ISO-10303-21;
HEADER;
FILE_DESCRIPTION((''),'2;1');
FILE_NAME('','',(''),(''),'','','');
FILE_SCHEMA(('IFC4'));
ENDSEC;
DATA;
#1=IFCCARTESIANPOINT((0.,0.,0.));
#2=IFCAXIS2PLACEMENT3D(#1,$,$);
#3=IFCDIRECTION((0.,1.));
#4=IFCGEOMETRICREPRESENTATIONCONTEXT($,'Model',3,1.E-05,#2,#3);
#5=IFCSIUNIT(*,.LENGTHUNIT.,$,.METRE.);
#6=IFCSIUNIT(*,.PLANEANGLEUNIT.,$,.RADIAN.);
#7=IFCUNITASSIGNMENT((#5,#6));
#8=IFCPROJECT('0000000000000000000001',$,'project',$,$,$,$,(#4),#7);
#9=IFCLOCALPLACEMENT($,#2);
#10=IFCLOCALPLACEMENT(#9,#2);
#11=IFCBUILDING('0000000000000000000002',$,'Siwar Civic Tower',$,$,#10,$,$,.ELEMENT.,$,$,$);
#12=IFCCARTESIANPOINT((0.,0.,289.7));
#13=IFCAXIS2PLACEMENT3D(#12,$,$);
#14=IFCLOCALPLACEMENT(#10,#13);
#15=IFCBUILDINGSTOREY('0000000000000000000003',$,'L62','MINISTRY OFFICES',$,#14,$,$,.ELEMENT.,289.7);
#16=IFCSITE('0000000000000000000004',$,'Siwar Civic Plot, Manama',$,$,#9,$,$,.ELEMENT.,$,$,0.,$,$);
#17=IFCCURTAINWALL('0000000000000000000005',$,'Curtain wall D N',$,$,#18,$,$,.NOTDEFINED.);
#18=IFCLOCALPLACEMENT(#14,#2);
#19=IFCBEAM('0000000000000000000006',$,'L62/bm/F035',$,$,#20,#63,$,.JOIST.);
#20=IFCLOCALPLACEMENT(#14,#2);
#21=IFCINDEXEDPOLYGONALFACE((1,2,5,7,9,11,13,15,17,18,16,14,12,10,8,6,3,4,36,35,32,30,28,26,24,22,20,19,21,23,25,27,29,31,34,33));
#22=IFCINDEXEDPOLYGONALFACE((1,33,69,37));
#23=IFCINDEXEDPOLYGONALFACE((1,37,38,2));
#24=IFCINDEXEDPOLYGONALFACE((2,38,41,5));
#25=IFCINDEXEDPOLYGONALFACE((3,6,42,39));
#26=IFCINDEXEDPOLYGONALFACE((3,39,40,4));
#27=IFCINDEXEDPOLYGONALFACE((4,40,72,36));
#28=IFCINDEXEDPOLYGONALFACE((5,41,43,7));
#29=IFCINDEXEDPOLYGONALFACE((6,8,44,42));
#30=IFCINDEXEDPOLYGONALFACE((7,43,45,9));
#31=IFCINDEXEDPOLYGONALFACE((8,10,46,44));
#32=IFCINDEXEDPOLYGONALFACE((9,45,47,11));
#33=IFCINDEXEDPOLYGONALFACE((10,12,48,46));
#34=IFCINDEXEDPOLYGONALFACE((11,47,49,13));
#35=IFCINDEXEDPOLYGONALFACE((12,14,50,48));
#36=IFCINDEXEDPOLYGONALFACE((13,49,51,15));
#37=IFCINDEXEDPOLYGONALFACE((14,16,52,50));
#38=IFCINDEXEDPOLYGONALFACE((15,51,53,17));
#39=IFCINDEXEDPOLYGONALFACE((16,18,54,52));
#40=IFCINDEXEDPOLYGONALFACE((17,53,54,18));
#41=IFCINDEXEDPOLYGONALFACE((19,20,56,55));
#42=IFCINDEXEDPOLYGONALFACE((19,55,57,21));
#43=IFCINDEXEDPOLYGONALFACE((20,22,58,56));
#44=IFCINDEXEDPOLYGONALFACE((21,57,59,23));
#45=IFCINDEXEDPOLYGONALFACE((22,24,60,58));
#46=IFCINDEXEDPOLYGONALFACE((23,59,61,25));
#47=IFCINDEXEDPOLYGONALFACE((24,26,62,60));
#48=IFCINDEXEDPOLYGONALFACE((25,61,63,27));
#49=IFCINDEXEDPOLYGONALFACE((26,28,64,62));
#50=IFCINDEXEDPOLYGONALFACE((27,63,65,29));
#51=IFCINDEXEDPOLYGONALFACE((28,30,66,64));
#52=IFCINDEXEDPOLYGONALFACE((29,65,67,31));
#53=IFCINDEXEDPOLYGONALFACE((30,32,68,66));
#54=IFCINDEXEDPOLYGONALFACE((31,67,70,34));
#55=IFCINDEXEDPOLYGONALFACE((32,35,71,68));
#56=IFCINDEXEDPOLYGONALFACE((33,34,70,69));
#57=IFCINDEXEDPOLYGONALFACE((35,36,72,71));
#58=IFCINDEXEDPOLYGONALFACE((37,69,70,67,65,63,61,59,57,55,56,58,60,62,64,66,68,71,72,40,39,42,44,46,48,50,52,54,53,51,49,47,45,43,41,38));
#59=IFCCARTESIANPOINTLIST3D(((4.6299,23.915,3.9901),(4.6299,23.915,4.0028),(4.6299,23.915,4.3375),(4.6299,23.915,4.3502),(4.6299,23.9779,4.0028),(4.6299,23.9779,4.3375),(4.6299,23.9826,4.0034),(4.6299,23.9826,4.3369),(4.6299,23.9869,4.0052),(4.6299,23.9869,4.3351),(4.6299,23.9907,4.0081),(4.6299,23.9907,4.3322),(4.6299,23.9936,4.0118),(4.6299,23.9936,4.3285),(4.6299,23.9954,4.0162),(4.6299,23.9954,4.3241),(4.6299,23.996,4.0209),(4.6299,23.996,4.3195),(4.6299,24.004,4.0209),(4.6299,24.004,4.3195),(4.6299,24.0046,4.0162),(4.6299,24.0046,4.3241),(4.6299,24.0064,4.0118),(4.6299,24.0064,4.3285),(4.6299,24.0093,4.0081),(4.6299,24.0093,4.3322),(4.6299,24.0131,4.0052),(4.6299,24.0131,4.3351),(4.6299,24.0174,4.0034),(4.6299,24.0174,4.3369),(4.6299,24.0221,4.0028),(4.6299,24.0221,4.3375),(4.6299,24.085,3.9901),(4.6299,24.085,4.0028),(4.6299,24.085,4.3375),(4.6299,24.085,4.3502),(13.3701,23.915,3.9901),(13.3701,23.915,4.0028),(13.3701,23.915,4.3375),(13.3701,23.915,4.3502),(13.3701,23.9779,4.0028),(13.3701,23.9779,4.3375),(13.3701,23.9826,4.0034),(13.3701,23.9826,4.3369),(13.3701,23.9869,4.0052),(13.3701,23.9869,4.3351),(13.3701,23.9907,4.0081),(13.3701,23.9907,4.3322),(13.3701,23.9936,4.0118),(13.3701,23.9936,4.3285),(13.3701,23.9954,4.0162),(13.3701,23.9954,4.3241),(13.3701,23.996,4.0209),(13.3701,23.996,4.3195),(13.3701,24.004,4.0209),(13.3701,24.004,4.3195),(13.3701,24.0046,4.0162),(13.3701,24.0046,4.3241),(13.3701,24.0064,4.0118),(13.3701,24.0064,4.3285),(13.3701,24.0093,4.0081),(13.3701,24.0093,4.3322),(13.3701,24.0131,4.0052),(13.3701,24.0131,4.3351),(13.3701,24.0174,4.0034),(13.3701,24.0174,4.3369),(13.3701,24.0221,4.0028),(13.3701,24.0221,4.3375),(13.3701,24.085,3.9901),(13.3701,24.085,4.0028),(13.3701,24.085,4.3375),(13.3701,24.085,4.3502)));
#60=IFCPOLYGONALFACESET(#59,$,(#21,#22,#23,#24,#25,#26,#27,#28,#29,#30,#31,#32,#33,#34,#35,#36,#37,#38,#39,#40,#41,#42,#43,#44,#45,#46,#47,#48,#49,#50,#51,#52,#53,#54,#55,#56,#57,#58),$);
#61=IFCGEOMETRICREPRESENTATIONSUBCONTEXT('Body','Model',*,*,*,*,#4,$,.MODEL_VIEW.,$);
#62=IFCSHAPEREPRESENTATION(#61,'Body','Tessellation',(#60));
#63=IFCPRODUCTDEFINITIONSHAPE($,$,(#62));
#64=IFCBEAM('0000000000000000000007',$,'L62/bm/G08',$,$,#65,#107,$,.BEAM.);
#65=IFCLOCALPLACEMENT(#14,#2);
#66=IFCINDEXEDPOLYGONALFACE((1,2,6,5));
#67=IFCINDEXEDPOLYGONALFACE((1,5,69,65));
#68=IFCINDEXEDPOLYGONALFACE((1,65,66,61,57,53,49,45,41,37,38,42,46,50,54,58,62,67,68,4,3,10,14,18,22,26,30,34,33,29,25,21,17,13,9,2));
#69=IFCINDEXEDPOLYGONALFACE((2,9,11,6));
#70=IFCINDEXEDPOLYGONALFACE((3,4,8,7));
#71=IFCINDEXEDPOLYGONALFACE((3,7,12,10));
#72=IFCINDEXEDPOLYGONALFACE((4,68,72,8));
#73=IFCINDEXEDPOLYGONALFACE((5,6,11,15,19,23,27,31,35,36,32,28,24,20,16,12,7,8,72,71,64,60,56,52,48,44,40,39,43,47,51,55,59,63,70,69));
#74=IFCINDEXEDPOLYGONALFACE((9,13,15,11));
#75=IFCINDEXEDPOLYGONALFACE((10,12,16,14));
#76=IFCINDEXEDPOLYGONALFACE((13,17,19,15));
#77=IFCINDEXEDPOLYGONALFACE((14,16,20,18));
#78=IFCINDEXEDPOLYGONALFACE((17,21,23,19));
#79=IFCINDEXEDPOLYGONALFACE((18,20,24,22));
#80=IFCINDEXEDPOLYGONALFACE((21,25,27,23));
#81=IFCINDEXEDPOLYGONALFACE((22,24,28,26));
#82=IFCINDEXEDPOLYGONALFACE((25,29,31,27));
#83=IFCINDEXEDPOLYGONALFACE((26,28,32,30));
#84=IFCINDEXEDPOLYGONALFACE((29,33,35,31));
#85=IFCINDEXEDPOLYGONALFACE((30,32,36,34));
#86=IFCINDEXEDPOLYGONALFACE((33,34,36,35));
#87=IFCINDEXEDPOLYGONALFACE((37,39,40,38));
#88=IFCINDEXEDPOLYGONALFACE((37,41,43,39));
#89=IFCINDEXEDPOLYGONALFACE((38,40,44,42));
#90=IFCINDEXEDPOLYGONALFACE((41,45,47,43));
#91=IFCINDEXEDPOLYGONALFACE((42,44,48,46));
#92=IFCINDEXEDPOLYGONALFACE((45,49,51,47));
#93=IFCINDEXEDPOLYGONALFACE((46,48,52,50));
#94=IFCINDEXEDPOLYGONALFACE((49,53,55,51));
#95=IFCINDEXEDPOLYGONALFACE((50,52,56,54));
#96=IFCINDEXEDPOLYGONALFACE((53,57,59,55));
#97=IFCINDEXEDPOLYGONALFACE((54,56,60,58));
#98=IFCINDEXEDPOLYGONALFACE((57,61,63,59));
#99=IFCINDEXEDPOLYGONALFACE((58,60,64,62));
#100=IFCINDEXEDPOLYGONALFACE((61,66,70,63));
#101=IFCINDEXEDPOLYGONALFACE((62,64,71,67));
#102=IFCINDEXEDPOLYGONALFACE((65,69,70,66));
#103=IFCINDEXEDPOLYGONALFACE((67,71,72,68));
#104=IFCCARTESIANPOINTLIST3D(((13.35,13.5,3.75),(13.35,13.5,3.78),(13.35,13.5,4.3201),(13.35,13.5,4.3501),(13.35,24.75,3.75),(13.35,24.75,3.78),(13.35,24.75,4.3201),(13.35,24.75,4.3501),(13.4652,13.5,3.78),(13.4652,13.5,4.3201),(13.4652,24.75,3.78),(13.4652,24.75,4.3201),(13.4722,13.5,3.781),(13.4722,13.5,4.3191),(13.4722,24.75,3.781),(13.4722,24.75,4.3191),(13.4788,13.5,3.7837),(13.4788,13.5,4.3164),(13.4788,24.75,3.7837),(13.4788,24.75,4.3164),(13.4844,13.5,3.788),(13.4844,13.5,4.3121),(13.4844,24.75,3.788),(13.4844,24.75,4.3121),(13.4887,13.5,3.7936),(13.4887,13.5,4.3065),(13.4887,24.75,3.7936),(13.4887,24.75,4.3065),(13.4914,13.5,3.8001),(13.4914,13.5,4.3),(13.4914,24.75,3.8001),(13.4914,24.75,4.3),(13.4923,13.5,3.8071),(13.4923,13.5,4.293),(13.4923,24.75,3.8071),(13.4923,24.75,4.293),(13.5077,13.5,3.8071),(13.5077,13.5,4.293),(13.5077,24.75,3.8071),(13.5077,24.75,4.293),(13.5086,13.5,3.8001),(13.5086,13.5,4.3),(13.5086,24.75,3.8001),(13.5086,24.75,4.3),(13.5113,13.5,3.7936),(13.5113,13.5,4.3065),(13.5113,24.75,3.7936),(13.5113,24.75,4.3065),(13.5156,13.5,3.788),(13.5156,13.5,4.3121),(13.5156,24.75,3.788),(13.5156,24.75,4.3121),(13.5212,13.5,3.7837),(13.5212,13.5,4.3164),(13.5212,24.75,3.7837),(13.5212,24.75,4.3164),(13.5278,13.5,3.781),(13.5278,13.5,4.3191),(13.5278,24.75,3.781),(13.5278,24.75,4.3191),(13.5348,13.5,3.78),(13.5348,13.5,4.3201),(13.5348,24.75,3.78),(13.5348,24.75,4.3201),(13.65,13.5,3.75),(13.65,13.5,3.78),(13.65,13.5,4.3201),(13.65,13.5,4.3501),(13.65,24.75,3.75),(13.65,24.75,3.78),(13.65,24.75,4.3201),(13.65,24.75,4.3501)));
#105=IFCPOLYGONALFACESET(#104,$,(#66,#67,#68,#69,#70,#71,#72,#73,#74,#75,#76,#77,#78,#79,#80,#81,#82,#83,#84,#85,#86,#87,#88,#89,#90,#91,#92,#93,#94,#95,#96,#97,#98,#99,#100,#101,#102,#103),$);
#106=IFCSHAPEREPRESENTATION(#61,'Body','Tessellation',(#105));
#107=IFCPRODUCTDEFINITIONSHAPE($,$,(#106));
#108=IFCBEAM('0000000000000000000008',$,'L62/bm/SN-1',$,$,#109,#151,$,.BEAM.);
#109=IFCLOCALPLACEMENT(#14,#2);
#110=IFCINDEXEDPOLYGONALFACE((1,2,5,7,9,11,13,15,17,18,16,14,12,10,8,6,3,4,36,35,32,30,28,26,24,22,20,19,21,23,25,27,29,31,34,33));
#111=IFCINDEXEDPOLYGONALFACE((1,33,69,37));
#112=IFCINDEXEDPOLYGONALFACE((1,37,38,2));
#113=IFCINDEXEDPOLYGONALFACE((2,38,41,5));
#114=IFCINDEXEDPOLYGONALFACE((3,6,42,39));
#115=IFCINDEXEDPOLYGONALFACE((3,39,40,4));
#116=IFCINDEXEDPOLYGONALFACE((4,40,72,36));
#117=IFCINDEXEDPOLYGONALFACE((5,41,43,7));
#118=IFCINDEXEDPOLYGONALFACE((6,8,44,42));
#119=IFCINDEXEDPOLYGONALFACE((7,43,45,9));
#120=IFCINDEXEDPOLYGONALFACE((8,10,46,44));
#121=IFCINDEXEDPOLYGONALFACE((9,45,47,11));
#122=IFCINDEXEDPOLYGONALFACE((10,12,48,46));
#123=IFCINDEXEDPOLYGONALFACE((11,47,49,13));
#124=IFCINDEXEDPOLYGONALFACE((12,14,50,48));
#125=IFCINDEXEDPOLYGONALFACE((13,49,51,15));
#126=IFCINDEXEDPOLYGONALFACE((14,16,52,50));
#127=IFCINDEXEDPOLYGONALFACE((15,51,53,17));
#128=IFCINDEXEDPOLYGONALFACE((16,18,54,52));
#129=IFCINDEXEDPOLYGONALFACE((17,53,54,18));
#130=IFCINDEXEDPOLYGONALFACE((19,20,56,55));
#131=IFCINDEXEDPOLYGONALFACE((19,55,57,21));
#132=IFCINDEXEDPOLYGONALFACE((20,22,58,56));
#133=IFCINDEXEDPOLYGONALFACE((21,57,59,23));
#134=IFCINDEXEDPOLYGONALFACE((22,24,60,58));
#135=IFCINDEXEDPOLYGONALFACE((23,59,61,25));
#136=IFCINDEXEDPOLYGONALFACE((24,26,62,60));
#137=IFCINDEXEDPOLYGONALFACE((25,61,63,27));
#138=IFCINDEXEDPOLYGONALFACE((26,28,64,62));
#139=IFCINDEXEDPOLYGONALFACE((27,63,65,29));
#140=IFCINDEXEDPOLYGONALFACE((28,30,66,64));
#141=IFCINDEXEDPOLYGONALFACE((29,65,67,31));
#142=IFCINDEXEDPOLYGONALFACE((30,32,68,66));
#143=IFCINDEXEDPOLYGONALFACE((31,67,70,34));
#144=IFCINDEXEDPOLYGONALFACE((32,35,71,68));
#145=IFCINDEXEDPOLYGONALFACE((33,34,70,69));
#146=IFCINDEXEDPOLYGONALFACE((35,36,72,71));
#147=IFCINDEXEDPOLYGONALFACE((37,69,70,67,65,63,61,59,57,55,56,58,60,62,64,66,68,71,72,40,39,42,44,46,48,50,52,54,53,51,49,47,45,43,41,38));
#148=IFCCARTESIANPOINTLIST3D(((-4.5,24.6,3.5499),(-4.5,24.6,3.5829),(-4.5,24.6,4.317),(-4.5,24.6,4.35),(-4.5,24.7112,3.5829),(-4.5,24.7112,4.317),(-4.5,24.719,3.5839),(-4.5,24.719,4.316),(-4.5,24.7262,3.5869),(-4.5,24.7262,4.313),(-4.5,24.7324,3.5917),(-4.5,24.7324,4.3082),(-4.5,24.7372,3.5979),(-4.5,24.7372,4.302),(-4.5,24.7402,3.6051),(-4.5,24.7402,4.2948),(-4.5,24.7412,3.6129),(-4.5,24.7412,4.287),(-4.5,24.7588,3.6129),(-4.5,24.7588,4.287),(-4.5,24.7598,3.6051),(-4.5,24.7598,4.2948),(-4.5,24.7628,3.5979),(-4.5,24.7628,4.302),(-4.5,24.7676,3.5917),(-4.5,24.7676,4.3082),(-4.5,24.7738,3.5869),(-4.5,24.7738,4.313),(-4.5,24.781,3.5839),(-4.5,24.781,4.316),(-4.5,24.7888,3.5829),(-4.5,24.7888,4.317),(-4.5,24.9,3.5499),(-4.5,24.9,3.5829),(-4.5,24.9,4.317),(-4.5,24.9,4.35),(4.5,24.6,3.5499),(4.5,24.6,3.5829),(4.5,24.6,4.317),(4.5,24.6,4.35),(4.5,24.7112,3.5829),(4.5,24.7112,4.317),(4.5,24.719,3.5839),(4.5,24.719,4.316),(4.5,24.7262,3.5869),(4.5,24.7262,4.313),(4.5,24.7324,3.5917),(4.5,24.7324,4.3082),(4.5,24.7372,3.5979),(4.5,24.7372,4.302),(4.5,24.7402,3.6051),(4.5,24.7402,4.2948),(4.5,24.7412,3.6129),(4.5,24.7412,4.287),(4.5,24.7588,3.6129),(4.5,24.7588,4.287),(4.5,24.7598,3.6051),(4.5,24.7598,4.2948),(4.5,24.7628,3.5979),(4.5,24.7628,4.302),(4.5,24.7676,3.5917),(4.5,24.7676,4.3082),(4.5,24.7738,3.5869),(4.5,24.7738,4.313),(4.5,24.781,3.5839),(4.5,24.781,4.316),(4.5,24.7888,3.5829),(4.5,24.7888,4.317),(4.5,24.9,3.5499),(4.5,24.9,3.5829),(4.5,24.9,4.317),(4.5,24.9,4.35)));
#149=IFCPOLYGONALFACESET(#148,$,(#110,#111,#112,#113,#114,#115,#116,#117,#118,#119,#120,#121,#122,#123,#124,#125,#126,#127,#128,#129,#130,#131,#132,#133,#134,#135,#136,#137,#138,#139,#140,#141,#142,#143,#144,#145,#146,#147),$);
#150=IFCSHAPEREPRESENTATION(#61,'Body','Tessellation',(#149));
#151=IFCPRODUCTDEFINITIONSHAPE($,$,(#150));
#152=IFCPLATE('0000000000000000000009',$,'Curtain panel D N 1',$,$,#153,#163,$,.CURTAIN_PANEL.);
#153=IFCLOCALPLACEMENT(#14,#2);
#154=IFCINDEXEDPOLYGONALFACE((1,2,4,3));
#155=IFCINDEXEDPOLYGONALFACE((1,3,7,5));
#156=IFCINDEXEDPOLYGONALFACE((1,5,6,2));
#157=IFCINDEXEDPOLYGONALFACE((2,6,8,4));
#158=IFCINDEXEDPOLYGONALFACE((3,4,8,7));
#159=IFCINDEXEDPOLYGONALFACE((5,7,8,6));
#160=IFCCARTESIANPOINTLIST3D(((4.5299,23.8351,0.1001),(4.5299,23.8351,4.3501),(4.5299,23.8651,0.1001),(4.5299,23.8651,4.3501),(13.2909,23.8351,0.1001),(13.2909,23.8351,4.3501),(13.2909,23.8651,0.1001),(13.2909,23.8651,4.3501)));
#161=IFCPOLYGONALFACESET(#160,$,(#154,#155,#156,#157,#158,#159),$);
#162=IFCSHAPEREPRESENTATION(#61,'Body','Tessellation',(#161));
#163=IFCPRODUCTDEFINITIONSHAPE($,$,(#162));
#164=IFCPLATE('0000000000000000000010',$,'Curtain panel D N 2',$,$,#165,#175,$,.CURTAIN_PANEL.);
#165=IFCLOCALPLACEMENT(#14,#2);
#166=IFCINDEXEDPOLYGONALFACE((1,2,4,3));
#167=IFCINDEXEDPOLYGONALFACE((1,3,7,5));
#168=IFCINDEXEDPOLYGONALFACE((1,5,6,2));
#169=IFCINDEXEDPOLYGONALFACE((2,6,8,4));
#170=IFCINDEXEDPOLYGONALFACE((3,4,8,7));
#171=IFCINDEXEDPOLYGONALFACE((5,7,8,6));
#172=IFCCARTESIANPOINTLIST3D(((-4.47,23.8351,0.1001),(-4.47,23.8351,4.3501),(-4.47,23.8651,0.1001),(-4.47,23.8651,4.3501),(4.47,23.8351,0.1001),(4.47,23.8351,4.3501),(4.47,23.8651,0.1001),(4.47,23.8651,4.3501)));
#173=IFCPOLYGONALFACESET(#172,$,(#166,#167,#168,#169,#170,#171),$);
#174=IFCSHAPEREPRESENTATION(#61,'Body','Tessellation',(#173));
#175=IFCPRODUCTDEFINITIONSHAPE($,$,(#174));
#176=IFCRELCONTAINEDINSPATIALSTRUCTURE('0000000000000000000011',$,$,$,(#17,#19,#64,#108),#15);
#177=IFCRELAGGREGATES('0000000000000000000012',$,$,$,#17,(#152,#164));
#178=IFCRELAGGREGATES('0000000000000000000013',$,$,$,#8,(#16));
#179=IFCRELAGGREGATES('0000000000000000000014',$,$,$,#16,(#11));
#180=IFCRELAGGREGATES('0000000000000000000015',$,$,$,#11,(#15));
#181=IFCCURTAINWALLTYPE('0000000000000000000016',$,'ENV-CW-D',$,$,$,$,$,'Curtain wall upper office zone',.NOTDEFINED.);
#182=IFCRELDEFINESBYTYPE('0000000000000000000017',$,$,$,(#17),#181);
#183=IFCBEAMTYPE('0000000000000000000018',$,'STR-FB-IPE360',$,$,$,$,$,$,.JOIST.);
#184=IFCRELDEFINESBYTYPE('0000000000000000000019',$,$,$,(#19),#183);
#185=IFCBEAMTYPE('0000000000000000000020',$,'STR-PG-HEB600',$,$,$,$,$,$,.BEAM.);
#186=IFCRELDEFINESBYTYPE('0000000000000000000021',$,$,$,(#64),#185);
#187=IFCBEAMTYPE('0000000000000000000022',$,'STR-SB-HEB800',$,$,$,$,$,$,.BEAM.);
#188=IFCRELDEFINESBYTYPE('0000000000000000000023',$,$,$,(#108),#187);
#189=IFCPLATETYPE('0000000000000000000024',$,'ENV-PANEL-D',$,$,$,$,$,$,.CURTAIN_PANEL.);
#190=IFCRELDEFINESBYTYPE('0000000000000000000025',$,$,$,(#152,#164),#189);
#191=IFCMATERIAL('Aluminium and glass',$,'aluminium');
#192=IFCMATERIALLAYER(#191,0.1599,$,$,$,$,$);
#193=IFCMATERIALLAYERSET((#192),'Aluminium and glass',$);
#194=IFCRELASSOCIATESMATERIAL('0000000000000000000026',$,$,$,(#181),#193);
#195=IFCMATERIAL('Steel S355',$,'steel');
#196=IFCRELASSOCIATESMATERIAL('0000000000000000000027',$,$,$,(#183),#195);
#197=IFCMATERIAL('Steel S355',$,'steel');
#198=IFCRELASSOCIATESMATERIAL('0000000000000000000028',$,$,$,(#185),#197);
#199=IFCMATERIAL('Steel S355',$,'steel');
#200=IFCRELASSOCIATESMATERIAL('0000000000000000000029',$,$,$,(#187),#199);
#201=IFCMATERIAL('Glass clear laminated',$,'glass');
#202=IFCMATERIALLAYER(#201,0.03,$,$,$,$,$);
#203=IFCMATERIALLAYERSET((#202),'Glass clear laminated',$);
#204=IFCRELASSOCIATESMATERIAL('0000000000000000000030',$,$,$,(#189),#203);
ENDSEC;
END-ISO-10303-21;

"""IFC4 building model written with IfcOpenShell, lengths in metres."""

from ifc_helpers import new_model, si_unit, direction, frame, origin, origin_2d, place, context, subcontext, project, spatial, rectangle, i_section, extrude, material, layer, layer_set, material_profile, profile_set, type_object, element, aggregate, save


model = new_model("IFC4")

# Units and contexts
model_context = context("Model", 3, precision=1e-05, world=origin(), true_north=direction((0.0, 1.0)))
body_context = subcontext(model_context, "Body", "Model", "MODEL_VIEW")
ifc_project = project(units=[si_unit("LENGTHUNIT", "METRE"), si_unit("PLANEANGLEUNIT", "RADIAN")], contexts=[model_context])

# Site, building, storey
site_placement = place(None, origin())
site = spatial("IfcSite", under=ifc_project, at=site_placement, Name="Siwar Civic Plot, Manama", CompositionType="ELEMENT", RefElevation=0.0)
building_placement = place(site_placement, origin())
building = spatial("IfcBuilding", under=site, at=building_placement, Name="Siwar Civic Tower", CompositionType="ELEMENT")
storey_placement = place(building_placement, frame((0.0, 0.0, 289.7)))
storey = spatial("IfcBuildingStorey", under=building, at=storey_placement, Name="L62", Description="MINISTRY OFFICES", CompositionType="ELEMENT", Elevation=289.7)

# Curtain wall
ifc_material_1 = material(Name="Aluminium and glass", Category="aluminium")
ifc_layer_1 = layer(ifc_material_1, 0.1599)
ifc_layer_set_1 = layer_set([ifc_layer_1], Name="Aluminium and glass")
curtain_wall_type = type_object("IfcCurtainWallType", Name="ENV-CW-D", ElementType="Curtain wall upper office zone", PredefinedType="NOTDEFINED", material=ifc_layer_set_1)
curtain_wall_placement = place(storey_placement, origin())
curtain_wall = element("IfcCurtainWall", 1, at=curtain_wall_placement, inside=storey, type_object=curtain_wall_type, Name="Curtain wall D N", PredefinedType="NOTDEFINED")

# Beams
ifc_material_2 = material(Name="Steel S355", Category="steel")
ifc_material_profile_1 = material_profile(ifc_material_2, i_section(OverallWidth=0.1699, OverallDepth=0.3601, WebThickness=0.0081, FlangeThickness=0.0127, FilletRadius=0.0181, at=origin_2d()), Name="IPE360")
ifc_profile_set_1 = profile_set([ifc_material_profile_1], Name="Steel S355")
beam_type_1 = type_object("IfcBeamType", Name="STR-FB-IPE360", PredefinedType="JOIST", material=ifc_profile_set_1)
for number, where, z_axis, x_axis, name in (
    (2, (4.6299, 24.0, 4.1702), (1.0, 0.0, 0.0), (0.0, 1.0, 0.0), "L62/bm/F035"),
):
    element("IfcBeam", number, at=place(storey_placement, frame(where, z_axis=z_axis, x_axis=x_axis)), inside=storey, type_object=beam_type_1, Name=name, PredefinedType="JOIST", context=body_context, shape_type="SweptSolid", body=[
        extrude(i_section(OverallWidth=0.1699, OverallDepth=0.3601, WebThickness=0.0081, FlangeThickness=0.0127, FilletRadius=0.0181, at=origin_2d()), origin(), (0.0, 0.0, 1.0), 8.7402),
    ])
ifc_material_3 = material(Name="Steel S355", Category="steel")
ifc_material_profile_2 = material_profile(ifc_material_3, i_section(OverallWidth=0.3, OverallDepth=0.6001, WebThickness=0.0154, FlangeThickness=0.03, FilletRadius=0.0271, at=origin_2d()), Name="HEB600")
ifc_profile_set_2 = profile_set([ifc_material_profile_2], Name="Steel S355")
beam_type_2 = type_object("IfcBeamType", Name="STR-PG-HEB600", PredefinedType="BEAM", material=ifc_profile_set_2)
beam_1_placement = place(storey_placement, frame((13.5, 13.5, 4.05), z_axis=(0.0, 1.0, 0.0), x_axis=(-1.0, 0.0, 0.0)))
element("IfcBeam", 3, at=beam_1_placement, inside=storey, type_object=beam_type_2, Name="L62/bm/G08", PredefinedType="BEAM", context=body_context, shape_type="SweptSolid", body=[
    extrude(i_section(OverallWidth=0.3, OverallDepth=0.6001, WebThickness=0.0154, FlangeThickness=0.03, FilletRadius=0.0271, at=origin_2d()), origin(), (0.0, 0.0, 1.0), 11.25),
])
ifc_material_4 = material(Name="Steel S355", Category="steel")
ifc_material_profile_3 = material_profile(ifc_material_4, i_section(OverallWidth=0.3, OverallDepth=0.8, WebThickness=0.0176, FlangeThickness=0.033, FilletRadius=0.03, at=origin_2d()), Name="HEB800")
ifc_profile_set_3 = profile_set([ifc_material_profile_3], Name="Steel S355")
beam_type_3 = type_object("IfcBeamType", Name="STR-SB-HEB800", PredefinedType="BEAM", material=ifc_profile_set_3)
beam_2_placement = place(storey_placement, frame((4.5, 24.75, 3.95), z_axis=(-1.0, 0.0, 0.0), x_axis=(0.0, -1.0, 0.0)))
element("IfcBeam", 4, at=beam_2_placement, inside=storey, type_object=beam_type_3, Name="L62/bm/SN-1", PredefinedType="BEAM", context=body_context, shape_type="SweptSolid", body=[
    extrude(i_section(OverallWidth=0.3, OverallDepth=0.8, WebThickness=0.0176, FlangeThickness=0.033, FilletRadius=0.03, at=origin_2d()), origin(), (0.0, 0.0, 1.0), 9.0),
])

# Plates
ifc_material_5 = material(Name="Glass clear laminated", Category="glass")
ifc_layer_2 = layer(ifc_material_5, 0.03)
ifc_layer_set_2 = layer_set([ifc_layer_2], Name="Glass clear laminated")
plate_type = type_object("IfcPlateType", Name="ENV-PANEL-D", PredefinedType="CURTAIN_PANEL", material=ifc_layer_set_2)
plate_1_placement = place(storey_placement, frame((8.9104, 23.8501, 0.1001), z_axis=(0.0, 0.0, 1.0), x_axis=(-1.0, 0.0, 0.0)))
plate_1 = element("IfcPlate", 5, at=plate_1_placement, type_object=plate_type, Name="Curtain panel D N 1", PredefinedType="CURTAIN_PANEL", context=body_context, shape_type="SweptSolid", body=[
    extrude(rectangle(XDim=8.761, YDim=0.03, at=origin_2d()), origin(), (0.0, 0.0, 1.0), 4.25),
])
plate_2_placement = place(storey_placement, frame((0.0, 23.8501, 0.1001), z_axis=(0.0, 0.0, 1.0), x_axis=(-1.0, 0.0, 0.0)))
plate_2 = element("IfcPlate", 6, at=plate_2_placement, type_object=plate_type, Name="Curtain panel D N 2", PredefinedType="CURTAIN_PANEL", context=body_context, shape_type="SweptSolid", body=[
    extrude(rectangle(XDim=8.9399, YDim=0.03, at=origin_2d()), origin(), (0.0, 0.0, 1.0), 4.25),
])
aggregate(curtain_wall, [plate_1, plate_2])

save(model, "model.ifc")
